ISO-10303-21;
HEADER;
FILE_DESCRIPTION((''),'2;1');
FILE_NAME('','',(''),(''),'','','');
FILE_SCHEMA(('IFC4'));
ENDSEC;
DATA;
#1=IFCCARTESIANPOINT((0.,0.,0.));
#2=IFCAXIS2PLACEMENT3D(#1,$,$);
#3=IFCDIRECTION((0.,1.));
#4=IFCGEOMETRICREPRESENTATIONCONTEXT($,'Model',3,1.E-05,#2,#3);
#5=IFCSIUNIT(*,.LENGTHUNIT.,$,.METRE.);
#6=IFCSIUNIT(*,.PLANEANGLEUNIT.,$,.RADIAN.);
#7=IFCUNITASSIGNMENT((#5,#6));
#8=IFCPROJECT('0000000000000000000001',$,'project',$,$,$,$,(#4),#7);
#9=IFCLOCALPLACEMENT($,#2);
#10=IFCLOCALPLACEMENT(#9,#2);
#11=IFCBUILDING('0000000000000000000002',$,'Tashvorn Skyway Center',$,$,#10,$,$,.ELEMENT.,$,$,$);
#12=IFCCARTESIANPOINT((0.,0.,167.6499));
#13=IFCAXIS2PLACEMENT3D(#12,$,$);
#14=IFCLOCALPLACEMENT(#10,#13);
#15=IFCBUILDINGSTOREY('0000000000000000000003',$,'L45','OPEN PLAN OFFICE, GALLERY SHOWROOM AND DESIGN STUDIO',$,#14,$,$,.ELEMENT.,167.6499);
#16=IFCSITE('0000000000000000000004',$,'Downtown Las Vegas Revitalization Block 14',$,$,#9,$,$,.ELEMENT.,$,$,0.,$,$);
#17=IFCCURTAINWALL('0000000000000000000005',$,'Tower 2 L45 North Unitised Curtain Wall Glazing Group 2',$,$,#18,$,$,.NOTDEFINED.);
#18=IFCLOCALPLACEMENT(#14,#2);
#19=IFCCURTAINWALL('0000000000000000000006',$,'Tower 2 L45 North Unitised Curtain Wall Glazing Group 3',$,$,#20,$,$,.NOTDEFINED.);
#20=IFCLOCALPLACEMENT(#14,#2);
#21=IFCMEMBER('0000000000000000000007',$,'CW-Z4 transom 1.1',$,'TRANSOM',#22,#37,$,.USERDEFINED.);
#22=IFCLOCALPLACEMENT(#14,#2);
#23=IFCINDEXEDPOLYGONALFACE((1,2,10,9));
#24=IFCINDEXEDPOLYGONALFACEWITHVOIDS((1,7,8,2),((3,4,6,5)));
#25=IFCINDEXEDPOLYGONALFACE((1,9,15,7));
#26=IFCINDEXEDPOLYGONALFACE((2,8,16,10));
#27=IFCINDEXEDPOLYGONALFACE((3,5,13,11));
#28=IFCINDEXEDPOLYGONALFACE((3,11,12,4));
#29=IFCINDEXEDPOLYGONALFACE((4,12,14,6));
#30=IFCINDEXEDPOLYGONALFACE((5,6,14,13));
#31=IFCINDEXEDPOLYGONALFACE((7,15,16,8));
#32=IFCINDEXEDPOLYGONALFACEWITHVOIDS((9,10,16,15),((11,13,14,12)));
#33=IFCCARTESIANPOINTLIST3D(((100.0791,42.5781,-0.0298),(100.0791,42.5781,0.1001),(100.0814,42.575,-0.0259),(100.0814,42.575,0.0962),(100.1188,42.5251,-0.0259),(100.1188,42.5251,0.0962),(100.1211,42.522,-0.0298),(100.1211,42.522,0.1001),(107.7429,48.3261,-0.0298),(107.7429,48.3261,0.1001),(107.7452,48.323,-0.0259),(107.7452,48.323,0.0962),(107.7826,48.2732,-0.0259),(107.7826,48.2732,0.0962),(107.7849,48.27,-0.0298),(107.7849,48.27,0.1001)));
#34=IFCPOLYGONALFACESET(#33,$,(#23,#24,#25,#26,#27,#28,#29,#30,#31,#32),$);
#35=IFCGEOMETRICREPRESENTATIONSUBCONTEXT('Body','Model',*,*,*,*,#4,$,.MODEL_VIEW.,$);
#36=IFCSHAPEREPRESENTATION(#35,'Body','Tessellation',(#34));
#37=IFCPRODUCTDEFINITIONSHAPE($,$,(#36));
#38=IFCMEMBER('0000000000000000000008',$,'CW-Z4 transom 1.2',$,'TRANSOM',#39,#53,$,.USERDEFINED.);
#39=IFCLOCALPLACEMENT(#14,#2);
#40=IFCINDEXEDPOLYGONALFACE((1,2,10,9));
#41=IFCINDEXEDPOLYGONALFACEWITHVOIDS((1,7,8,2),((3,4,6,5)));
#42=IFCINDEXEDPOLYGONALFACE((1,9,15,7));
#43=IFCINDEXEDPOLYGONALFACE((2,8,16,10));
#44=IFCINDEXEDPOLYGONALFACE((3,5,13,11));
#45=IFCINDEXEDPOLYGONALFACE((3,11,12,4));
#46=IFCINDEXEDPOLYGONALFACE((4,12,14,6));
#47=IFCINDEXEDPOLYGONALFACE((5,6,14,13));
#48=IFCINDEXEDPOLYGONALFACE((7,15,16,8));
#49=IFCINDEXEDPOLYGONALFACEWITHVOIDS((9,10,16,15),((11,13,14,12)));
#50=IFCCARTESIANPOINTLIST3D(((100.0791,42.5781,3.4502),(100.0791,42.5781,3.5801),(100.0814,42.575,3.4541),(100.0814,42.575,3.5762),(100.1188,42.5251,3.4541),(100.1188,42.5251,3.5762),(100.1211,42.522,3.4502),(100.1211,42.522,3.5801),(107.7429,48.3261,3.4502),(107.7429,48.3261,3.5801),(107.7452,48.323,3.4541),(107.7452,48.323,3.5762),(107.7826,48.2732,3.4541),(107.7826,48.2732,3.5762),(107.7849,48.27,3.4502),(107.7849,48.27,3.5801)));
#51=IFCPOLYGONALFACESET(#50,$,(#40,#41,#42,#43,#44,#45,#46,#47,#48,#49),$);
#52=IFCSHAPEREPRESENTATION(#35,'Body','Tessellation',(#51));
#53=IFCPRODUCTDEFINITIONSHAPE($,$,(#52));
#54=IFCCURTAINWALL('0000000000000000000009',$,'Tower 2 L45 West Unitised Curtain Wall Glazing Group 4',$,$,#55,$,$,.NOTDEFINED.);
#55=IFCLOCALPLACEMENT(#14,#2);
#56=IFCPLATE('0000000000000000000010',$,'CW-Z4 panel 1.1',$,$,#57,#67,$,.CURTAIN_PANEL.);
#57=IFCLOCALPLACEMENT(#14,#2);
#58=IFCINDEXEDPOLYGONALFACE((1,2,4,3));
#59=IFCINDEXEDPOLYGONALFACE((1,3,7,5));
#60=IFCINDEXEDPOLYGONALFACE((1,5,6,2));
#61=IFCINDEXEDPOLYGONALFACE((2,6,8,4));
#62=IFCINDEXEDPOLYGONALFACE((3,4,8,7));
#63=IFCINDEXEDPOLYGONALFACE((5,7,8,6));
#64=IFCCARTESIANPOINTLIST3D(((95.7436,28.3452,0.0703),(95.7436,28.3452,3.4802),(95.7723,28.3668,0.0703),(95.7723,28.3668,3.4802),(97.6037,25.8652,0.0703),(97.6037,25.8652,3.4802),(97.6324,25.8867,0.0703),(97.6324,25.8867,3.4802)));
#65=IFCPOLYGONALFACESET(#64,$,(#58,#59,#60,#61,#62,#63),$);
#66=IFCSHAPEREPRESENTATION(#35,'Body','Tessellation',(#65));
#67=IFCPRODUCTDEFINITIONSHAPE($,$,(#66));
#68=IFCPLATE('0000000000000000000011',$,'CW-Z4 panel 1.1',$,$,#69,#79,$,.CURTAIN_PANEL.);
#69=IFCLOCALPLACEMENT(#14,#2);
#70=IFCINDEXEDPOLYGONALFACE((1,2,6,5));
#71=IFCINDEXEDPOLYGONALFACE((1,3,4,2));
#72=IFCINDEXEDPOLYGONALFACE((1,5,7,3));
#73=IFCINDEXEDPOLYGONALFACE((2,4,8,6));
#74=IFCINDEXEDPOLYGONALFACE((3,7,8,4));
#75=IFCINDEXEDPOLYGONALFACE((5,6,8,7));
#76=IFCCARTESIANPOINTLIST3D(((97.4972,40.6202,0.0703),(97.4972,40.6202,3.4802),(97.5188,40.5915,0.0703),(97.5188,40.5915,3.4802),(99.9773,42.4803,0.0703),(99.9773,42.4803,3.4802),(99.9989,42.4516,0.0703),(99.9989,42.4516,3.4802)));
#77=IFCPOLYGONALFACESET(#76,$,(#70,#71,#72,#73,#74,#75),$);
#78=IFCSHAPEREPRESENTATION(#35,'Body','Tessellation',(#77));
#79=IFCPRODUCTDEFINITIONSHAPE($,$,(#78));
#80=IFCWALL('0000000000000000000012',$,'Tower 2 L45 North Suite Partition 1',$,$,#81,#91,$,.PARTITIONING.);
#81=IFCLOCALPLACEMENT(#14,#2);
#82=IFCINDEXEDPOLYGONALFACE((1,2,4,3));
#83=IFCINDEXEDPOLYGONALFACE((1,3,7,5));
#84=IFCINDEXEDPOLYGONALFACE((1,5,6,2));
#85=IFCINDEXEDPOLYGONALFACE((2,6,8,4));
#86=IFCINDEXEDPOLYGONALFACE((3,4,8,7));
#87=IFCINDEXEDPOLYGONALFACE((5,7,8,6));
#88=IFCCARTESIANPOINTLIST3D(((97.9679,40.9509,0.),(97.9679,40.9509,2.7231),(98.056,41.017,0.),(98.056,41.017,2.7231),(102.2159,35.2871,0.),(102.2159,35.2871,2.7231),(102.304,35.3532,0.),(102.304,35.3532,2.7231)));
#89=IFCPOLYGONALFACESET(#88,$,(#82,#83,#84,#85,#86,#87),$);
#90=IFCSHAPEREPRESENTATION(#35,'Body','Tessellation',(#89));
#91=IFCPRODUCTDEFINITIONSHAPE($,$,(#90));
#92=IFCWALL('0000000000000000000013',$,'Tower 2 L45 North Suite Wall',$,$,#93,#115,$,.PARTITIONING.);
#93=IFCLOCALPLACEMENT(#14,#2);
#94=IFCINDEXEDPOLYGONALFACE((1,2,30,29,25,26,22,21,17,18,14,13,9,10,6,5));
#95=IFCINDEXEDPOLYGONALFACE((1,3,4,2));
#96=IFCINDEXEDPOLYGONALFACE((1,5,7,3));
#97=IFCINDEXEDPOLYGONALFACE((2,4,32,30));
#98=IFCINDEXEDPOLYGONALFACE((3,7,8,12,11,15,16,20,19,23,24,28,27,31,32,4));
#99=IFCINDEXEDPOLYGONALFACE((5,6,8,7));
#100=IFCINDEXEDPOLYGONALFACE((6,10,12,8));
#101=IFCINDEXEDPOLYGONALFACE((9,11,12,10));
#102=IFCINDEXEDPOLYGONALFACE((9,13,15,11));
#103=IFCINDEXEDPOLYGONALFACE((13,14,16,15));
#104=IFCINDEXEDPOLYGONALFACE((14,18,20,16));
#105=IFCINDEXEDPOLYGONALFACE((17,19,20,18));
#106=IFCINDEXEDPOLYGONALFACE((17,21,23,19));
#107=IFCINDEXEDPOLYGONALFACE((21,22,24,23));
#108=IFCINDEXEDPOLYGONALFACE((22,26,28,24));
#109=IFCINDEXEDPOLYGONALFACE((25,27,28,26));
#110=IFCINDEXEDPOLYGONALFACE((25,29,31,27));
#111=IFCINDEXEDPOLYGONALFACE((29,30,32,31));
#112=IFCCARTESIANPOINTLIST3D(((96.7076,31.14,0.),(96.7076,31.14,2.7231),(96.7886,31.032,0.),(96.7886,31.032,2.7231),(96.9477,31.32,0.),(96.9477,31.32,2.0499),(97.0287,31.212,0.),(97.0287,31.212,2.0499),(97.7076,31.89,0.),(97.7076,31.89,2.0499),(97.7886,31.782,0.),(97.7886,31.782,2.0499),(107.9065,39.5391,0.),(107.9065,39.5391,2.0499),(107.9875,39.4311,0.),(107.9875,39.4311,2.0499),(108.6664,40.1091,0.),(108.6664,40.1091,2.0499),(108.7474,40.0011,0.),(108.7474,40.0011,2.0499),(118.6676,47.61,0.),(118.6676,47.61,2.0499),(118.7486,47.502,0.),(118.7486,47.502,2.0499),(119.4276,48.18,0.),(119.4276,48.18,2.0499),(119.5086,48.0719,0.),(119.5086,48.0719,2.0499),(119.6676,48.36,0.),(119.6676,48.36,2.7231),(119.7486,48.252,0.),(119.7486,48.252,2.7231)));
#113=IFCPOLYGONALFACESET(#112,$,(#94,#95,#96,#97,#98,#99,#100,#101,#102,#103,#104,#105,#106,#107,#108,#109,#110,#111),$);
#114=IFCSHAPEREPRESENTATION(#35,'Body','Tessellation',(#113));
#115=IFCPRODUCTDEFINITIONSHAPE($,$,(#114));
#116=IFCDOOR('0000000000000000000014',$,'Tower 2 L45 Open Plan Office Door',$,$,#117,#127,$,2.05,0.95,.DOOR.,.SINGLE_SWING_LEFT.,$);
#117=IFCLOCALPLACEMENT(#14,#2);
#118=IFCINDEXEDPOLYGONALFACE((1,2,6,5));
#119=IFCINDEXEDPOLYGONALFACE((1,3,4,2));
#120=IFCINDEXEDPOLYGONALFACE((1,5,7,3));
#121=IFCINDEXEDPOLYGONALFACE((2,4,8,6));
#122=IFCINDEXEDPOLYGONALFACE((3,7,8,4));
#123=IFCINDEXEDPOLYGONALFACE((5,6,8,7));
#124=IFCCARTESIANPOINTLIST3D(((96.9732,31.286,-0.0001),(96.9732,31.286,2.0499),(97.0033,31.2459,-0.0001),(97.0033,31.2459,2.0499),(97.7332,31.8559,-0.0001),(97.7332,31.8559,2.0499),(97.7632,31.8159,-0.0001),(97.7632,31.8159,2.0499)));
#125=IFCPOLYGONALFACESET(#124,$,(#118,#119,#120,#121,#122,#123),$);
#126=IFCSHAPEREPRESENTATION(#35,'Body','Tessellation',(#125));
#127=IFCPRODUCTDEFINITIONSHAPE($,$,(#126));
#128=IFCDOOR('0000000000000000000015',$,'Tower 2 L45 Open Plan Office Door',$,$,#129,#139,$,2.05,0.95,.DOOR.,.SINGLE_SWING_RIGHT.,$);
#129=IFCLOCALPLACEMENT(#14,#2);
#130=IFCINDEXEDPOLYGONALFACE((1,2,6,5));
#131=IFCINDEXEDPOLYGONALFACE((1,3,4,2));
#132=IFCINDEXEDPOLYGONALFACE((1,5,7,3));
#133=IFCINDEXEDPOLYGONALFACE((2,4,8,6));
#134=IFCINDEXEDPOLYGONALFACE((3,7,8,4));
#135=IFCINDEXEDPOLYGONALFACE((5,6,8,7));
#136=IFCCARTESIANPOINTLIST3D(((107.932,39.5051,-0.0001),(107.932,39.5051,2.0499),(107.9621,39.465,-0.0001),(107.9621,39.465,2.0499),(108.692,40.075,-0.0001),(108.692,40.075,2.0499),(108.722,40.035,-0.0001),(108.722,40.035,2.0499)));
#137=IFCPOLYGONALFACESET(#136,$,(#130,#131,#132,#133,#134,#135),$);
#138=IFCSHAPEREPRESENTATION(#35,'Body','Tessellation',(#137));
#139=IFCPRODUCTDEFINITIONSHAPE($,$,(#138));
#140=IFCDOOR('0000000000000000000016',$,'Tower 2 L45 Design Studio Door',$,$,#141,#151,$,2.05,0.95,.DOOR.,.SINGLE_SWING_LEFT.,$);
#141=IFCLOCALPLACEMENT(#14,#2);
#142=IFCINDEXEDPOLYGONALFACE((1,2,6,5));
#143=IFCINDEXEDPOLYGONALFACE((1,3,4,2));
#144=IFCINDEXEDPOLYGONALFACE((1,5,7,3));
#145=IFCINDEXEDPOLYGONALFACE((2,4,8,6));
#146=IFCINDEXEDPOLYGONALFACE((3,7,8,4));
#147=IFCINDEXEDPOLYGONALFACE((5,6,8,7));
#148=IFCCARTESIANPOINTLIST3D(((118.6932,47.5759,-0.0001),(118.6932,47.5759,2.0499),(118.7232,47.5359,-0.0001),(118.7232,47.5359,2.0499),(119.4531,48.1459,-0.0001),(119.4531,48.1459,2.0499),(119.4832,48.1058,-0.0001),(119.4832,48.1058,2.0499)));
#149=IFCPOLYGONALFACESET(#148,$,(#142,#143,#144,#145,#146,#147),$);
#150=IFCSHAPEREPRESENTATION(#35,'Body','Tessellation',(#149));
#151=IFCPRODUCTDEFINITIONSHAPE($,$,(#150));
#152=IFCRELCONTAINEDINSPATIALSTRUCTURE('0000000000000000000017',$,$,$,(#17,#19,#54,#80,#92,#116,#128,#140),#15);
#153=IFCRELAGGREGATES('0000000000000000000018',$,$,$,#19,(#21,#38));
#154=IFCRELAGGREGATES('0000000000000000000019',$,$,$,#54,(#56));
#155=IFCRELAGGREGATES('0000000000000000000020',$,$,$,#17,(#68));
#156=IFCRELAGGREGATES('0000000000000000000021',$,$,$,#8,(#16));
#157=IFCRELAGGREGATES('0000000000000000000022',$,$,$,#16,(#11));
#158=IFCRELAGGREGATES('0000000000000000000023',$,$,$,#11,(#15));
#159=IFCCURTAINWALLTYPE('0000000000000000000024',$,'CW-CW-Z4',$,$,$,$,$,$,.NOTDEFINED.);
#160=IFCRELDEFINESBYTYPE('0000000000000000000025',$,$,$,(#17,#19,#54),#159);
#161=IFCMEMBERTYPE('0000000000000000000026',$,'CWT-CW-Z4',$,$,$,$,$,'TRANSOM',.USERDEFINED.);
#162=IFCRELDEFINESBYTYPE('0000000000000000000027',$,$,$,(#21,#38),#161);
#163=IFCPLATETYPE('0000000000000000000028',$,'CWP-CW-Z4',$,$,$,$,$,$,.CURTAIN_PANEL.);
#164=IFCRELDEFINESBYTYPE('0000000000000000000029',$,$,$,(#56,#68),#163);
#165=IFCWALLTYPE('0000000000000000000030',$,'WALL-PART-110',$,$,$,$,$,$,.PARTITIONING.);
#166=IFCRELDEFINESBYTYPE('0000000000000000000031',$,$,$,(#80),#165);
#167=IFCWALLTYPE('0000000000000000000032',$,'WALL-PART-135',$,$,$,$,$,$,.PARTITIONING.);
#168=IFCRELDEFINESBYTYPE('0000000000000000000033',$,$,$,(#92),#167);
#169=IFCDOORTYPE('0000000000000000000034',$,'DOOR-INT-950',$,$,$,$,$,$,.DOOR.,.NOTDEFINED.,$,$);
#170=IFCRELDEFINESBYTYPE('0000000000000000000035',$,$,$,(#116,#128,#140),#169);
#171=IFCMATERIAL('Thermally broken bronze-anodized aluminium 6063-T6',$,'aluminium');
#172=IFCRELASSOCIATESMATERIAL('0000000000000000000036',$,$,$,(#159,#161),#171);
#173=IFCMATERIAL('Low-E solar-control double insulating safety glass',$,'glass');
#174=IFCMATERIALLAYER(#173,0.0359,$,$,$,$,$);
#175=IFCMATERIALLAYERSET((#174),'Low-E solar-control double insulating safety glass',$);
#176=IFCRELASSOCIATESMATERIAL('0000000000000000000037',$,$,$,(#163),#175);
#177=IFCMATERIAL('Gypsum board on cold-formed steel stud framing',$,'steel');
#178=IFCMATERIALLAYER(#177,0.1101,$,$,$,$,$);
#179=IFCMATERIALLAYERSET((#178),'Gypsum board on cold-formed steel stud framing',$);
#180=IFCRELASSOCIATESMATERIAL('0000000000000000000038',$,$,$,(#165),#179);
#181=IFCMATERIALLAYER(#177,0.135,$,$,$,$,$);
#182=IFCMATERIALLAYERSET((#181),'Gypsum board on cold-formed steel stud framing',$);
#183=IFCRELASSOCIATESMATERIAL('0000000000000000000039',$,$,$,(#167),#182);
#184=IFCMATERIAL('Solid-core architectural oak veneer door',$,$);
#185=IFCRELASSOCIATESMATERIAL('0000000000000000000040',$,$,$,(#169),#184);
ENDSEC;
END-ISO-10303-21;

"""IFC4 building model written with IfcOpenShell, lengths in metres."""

from ifc_helpers import new_model, si_unit, direction, frame, frame_2d, origin, origin_2d, place, context, subcontext, project, spatial, rectangle, hollow_rectangle, extrude, material, layer, layer_set, material_profile, profile_set, type_object, element, fill, aggregate, save


model = new_model("IFC4")

# Units and contexts
model_context = context("Model", 3, precision=1e-05, world=origin(), true_north=direction((0.0, 1.0)))
body_context = subcontext(model_context, "Body", "Model", "MODEL_VIEW")
ifc_project = project(units=[si_unit("LENGTHUNIT", "METRE"), si_unit("PLANEANGLEUNIT", "RADIAN")], contexts=[model_context])

# Site, building, storey
site_placement = place(None, origin())
site = spatial("IfcSite", under=ifc_project, at=site_placement, Name="Downtown Las Vegas Revitalization Block 14", CompositionType="ELEMENT", RefElevation=0.0)
building_placement = place(site_placement, origin())
building = spatial("IfcBuilding", under=site, at=building_placement, Name="Tashvorn Skyway Center", CompositionType="ELEMENT")
storey_placement = place(building_placement, frame((0.0, 0.0, 167.6499)))
storey = spatial("IfcBuildingStorey", under=building, at=storey_placement, Name="L45", Description="OPEN PLAN OFFICE, GALLERY SHOWROOM AND DESIGN STUDIO", CompositionType="ELEMENT", Elevation=167.6499)

# Curtain wall
ifc_material_1 = material(Name="Thermally broken bronze-anodized aluminium 6063-T6", Category="aluminium")
curtain_wall_type = type_object("IfcCurtainWallType", Name="CW-CW-Z4", PredefinedType="NOTDEFINED", material=ifc_material_1)
curtain_wall_1_placement = place(storey_placement, origin())
curtain_wall_1 = element("IfcCurtainWall", 1, at=curtain_wall_1_placement, inside=storey, type_object=curtain_wall_type, Name="Tower 2 L45 North Unitised Curtain Wall Glazing Group 2", PredefinedType="NOTDEFINED")

# Curtain wall
curtain_wall_2_placement = place(storey_placement, origin())
curtain_wall_2 = element("IfcCurtainWall", 2, at=curtain_wall_2_placement, inside=storey, type_object=curtain_wall_type, Name="Tower 2 L45 North Unitised Curtain Wall Glazing Group 3", PredefinedType="NOTDEFINED")

# Members
ifc_material_profile_1 = material_profile(ifc_material_1, hollow_rectangle(XDim=0.0701, YDim=0.1299, WallThickness=0.0039, at=origin_2d()), Name="ALU-TRAN-70x130")
ifc_profile_set_1 = profile_set([ifc_material_profile_1], Name="Thermally broken bronze-anodized aluminium 6063-T6")
member_type_1 = type_object("IfcMemberType", Name="CWT-CW-Z4", ElementType="TRANSOM", PredefinedType="USERDEFINED", material=ifc_profile_set_1)
member_1_placement = place(storey_placement, frame((100.1001, 42.55, 0.0352), z_axis=(0.799991, 0.600012, 0.0), x_axis=(-0.600012, 0.799991, 0.0)))
member_1 = element("IfcMember", 3, at=member_1_placement, type_object=member_type_1, Name="CW-Z4 transom 1.1", ObjectType="TRANSOM", PredefinedType="USERDEFINED", context=body_context, shape_type="SweptSolid", body=[
    extrude(hollow_rectangle(XDim=0.0701, YDim=0.1299, WallThickness=0.0039, at=origin_2d()), origin(), (0.0, 0.0, 1.0), 9.5798),
])
member_2_placement = place(storey_placement, frame((100.1001, 42.55, 3.5151), z_axis=(0.799991, 0.600012, 0.0), x_axis=(-0.600012, 0.799991, 0.0)))
member_2 = element("IfcMember", 4, at=member_2_placement, type_object=member_type_1, Name="CW-Z4 transom 1.2", ObjectType="TRANSOM", PredefinedType="USERDEFINED", context=body_context, shape_type="SweptSolid", body=[
    extrude(hollow_rectangle(XDim=0.0701, YDim=0.1299, WallThickness=0.0039, at=origin_2d()), origin(), (0.0, 0.0, 1.0), 9.5798),
])
aggregate(curtain_wall_2, [member_1, member_2])

# Curtain wall, plate
curtain_wall_3_placement = place(storey_placement, origin())
curtain_wall_3 = element("IfcCurtainWall", 5, at=curtain_wall_3_placement, inside=storey, type_object=curtain_wall_type, Name="Tower 2 L45 West Unitised Curtain Wall Glazing Group 4", PredefinedType="NOTDEFINED")
ifc_material_2 = material(Name="Low-E solar-control double insulating safety glass", Category="glass")
ifc_layer_1 = layer(ifc_material_2, 0.0359)
ifc_layer_set_1 = layer_set([ifc_layer_1], Name="Low-E solar-control double insulating safety glass")
plate_type = type_object("IfcPlateType", Name="CWP-CW-Z4", PredefinedType="CURTAIN_PANEL", material=ifc_layer_set_1)
plate_1_placement = place(storey_placement, frame((96.688, 27.116, 0.0703), z_axis=(0.0, 0.0, 1.0), x_axis=(-0.6, 0.8, 0.0)))
plate_1 = element("IfcPlate", 6, at=plate_1_placement, type_object=plate_type, Name="CW-Z4 panel 1.1", PredefinedType="CURTAIN_PANEL", context=body_context, shape_type="SweptSolid", body=[
    extrude(rectangle(XDim=3.1001, YDim=0.0359, at=origin_2d()), origin(), (0.0, 0.0, 1.0), 3.4099),
])
aggregate(curtain_wall_3, [plate_1])

# Plate
plate_2_placement = place(storey_placement, frame((98.748, 41.5359, 0.0703), z_axis=(0.0, 0.0, 1.0), x_axis=(0.8, 0.6, 0.0)))
plate_2 = element("IfcPlate", 7, at=plate_2_placement, type_object=plate_type, Name="CW-Z4 panel 1.1", PredefinedType="CURTAIN_PANEL", context=body_context, shape_type="SweptSolid", body=[
    extrude(rectangle(XDim=3.1001, YDim=0.0359, at=origin_2d()), origin(), (0.0, 0.0, 1.0), 3.4099),
])
aggregate(curtain_wall_1, [plate_2])

# Wall
ifc_material_3 = material(Name="Gypsum board on cold-formed steel stud framing", Category="steel")
ifc_layer_2 = layer(ifc_material_3, 0.1101)
ifc_layer_set_2 = layer_set([ifc_layer_2], Name="Gypsum board on cold-formed steel stud framing")
wall_type_1 = type_object("IfcWallType", Name="WALL-PART-110", PredefinedType="PARTITIONING", material=ifc_layer_set_2)
wall_1_placement = place(storey_placement, frame((102.26, 35.3201, 0.0), z_axis=(0.0, 0.0, 1.0), x_axis=(-0.600017, 0.799988, 0.0)))
element("IfcWall", 8, at=wall_1_placement, inside=storey, type_object=wall_type_1, Name="Tower 2 L45 North Suite Partition 1", PredefinedType="PARTITIONING", context=body_context, shape_type="SweptSolid", body=[
    extrude(rectangle(XDim=7.0798, YDim=0.1101, at=frame_2d((3.54, 0.0))), origin(), (0.0, 0.0, 1.0), 2.7231),
])

# Wall, openings, doors
ifc_layer_3 = layer(ifc_material_3, 0.135)
ifc_layer_set_3 = layer_set([ifc_layer_3], Name="Gypsum board on cold-formed steel stud framing")
wall_type_2 = type_object("IfcWallType", Name="WALL-PART-135", PredefinedType="PARTITIONING", material=ifc_layer_set_3)
wall_2_placement = place(storey_placement, frame((96.748, 31.0859, 0.0), z_axis=(0.0, 0.0, 1.0), x_axis=(0.8, 0.6, 0.0)))
wall_2 = element("IfcWall", 9, at=wall_2_placement, inside=storey, type_object=wall_type_2, Name="Tower 2 L45 North Suite Wall", PredefinedType="PARTITIONING", context=body_context, shape_type="SweptSolid", body=[
    extrude(rectangle(XDim=28.7, YDim=0.135, at=frame_2d((14.3501, 0.0))), origin(), (0.0, 0.0, 1.0), 2.7231),
])
opening_1_placement = place(wall_2_placement, frame((0.3, 0.0, 0.0)))
opening_1 = element("IfcOpeningElement", 10, at=opening_1_placement, cuts=wall_2, PredefinedType="OPENING", context=body_context, shape_type="SweptSolid", body=[
    extrude(rectangle(XDim=0.95, YDim=2.05, at=frame_2d((0.4751, 1.0249))), frame((0.0, 0.0774, 0.0), z_axis=(0.0, -1.0, 0.0), x_axis=(1.0, 0.0, 0.0)), (0.0, 0.0, 1.0), 0.155),
])
opening_2_placement = place(wall_2_placement, frame((13.9985, 0.0, 0.0)))
opening_2 = element("IfcOpeningElement", 11, at=opening_2_placement, cuts=wall_2, PredefinedType="OPENING", context=body_context, shape_type="SweptSolid", body=[
    extrude(rectangle(XDim=0.95, YDim=2.05, at=frame_2d((0.4751, 1.0249))), frame((0.0, 0.0774, 0.0), z_axis=(0.0, -1.0, 0.0), x_axis=(1.0, 0.0, 0.0)), (0.0, 0.0, 1.0), 0.155),
])
opening_3_placement = place(wall_2_placement, frame((27.45, 0.0, 0.0)))
opening_3 = element("IfcOpeningElement", 12, at=opening_3_placement, cuts=wall_2, PredefinedType="OPENING", context=body_context, shape_type="SweptSolid", body=[
    extrude(rectangle(XDim=0.95, YDim=2.05, at=frame_2d((0.4751, 1.0249))), frame((0.0, 0.0774, 0.0), z_axis=(0.0, -1.0, 0.0), x_axis=(1.0, 0.0, 0.0)), (0.0, 0.0, 1.0), 0.155),
])
ifc_material_4 = material(Name="Solid-core architectural oak veneer door")
door_type = type_object("IfcDoorType", Name="DOOR-INT-950", OperationType="NOTDEFINED", PredefinedType="DOOR", material=ifc_material_4)
door_1_placement = place(opening_1_placement, origin())
door_1 = element("IfcDoor", 13, at=door_1_placement, inside=storey, type_object=door_type, Name="Tower 2 L45 Open Plan Office Door", OperationType="SINGLE_SWING_LEFT", OverallHeight=2.05, OverallWidth=0.95, PredefinedType="DOOR", context=body_context, shape_type="SweptSolid", body=[
    extrude(rectangle(XDim=0.95, YDim=2.05, at=frame_2d((0.4751, 1.0249))), frame((0.0, 0.0249, 0.0), z_axis=(0.0, -1.0, 0.0), x_axis=(1.0, 0.0, 0.0)), (0.0, 0.0, 1.0), 0.05),
])
fill(opening_1, door_1)
door_2_placement = place(opening_2_placement, origin())
door_2 = element("IfcDoor", 14, at=door_2_placement, inside=storey, type_object=door_type, Name="Tower 2 L45 Open Plan Office Door", OperationType="SINGLE_SWING_RIGHT", OverallHeight=2.05, OverallWidth=0.95, PredefinedType="DOOR", context=body_context, shape_type="SweptSolid", body=[
    extrude(rectangle(XDim=0.95, YDim=2.05, at=frame_2d((0.4751, 1.0249))), frame((0.0, 0.0249, 0.0), z_axis=(0.0, -1.0, 0.0), x_axis=(1.0, 0.0, 0.0)), (0.0, 0.0, 1.0), 0.05),
])
fill(opening_2, door_2)
door_3_placement = place(opening_3_placement, origin())
door_3 = element("IfcDoor", 15, at=door_3_placement, inside=storey, type_object=door_type, Name="Tower 2 L45 Design Studio Door", OperationType="SINGLE_SWING_LEFT", OverallHeight=2.05, OverallWidth=0.95, PredefinedType="DOOR", context=body_context, shape_type="SweptSolid", body=[
    extrude(rectangle(XDim=0.95, YDim=2.05, at=frame_2d((0.4751, 1.0249))), frame((0.0, 0.0249, 0.0), z_axis=(0.0, -1.0, 0.0), x_axis=(1.0, 0.0, 0.0)), (0.0, 0.0, 1.0), 0.05),
])
fill(opening_3, door_3)

save(model, "model.ifc")
